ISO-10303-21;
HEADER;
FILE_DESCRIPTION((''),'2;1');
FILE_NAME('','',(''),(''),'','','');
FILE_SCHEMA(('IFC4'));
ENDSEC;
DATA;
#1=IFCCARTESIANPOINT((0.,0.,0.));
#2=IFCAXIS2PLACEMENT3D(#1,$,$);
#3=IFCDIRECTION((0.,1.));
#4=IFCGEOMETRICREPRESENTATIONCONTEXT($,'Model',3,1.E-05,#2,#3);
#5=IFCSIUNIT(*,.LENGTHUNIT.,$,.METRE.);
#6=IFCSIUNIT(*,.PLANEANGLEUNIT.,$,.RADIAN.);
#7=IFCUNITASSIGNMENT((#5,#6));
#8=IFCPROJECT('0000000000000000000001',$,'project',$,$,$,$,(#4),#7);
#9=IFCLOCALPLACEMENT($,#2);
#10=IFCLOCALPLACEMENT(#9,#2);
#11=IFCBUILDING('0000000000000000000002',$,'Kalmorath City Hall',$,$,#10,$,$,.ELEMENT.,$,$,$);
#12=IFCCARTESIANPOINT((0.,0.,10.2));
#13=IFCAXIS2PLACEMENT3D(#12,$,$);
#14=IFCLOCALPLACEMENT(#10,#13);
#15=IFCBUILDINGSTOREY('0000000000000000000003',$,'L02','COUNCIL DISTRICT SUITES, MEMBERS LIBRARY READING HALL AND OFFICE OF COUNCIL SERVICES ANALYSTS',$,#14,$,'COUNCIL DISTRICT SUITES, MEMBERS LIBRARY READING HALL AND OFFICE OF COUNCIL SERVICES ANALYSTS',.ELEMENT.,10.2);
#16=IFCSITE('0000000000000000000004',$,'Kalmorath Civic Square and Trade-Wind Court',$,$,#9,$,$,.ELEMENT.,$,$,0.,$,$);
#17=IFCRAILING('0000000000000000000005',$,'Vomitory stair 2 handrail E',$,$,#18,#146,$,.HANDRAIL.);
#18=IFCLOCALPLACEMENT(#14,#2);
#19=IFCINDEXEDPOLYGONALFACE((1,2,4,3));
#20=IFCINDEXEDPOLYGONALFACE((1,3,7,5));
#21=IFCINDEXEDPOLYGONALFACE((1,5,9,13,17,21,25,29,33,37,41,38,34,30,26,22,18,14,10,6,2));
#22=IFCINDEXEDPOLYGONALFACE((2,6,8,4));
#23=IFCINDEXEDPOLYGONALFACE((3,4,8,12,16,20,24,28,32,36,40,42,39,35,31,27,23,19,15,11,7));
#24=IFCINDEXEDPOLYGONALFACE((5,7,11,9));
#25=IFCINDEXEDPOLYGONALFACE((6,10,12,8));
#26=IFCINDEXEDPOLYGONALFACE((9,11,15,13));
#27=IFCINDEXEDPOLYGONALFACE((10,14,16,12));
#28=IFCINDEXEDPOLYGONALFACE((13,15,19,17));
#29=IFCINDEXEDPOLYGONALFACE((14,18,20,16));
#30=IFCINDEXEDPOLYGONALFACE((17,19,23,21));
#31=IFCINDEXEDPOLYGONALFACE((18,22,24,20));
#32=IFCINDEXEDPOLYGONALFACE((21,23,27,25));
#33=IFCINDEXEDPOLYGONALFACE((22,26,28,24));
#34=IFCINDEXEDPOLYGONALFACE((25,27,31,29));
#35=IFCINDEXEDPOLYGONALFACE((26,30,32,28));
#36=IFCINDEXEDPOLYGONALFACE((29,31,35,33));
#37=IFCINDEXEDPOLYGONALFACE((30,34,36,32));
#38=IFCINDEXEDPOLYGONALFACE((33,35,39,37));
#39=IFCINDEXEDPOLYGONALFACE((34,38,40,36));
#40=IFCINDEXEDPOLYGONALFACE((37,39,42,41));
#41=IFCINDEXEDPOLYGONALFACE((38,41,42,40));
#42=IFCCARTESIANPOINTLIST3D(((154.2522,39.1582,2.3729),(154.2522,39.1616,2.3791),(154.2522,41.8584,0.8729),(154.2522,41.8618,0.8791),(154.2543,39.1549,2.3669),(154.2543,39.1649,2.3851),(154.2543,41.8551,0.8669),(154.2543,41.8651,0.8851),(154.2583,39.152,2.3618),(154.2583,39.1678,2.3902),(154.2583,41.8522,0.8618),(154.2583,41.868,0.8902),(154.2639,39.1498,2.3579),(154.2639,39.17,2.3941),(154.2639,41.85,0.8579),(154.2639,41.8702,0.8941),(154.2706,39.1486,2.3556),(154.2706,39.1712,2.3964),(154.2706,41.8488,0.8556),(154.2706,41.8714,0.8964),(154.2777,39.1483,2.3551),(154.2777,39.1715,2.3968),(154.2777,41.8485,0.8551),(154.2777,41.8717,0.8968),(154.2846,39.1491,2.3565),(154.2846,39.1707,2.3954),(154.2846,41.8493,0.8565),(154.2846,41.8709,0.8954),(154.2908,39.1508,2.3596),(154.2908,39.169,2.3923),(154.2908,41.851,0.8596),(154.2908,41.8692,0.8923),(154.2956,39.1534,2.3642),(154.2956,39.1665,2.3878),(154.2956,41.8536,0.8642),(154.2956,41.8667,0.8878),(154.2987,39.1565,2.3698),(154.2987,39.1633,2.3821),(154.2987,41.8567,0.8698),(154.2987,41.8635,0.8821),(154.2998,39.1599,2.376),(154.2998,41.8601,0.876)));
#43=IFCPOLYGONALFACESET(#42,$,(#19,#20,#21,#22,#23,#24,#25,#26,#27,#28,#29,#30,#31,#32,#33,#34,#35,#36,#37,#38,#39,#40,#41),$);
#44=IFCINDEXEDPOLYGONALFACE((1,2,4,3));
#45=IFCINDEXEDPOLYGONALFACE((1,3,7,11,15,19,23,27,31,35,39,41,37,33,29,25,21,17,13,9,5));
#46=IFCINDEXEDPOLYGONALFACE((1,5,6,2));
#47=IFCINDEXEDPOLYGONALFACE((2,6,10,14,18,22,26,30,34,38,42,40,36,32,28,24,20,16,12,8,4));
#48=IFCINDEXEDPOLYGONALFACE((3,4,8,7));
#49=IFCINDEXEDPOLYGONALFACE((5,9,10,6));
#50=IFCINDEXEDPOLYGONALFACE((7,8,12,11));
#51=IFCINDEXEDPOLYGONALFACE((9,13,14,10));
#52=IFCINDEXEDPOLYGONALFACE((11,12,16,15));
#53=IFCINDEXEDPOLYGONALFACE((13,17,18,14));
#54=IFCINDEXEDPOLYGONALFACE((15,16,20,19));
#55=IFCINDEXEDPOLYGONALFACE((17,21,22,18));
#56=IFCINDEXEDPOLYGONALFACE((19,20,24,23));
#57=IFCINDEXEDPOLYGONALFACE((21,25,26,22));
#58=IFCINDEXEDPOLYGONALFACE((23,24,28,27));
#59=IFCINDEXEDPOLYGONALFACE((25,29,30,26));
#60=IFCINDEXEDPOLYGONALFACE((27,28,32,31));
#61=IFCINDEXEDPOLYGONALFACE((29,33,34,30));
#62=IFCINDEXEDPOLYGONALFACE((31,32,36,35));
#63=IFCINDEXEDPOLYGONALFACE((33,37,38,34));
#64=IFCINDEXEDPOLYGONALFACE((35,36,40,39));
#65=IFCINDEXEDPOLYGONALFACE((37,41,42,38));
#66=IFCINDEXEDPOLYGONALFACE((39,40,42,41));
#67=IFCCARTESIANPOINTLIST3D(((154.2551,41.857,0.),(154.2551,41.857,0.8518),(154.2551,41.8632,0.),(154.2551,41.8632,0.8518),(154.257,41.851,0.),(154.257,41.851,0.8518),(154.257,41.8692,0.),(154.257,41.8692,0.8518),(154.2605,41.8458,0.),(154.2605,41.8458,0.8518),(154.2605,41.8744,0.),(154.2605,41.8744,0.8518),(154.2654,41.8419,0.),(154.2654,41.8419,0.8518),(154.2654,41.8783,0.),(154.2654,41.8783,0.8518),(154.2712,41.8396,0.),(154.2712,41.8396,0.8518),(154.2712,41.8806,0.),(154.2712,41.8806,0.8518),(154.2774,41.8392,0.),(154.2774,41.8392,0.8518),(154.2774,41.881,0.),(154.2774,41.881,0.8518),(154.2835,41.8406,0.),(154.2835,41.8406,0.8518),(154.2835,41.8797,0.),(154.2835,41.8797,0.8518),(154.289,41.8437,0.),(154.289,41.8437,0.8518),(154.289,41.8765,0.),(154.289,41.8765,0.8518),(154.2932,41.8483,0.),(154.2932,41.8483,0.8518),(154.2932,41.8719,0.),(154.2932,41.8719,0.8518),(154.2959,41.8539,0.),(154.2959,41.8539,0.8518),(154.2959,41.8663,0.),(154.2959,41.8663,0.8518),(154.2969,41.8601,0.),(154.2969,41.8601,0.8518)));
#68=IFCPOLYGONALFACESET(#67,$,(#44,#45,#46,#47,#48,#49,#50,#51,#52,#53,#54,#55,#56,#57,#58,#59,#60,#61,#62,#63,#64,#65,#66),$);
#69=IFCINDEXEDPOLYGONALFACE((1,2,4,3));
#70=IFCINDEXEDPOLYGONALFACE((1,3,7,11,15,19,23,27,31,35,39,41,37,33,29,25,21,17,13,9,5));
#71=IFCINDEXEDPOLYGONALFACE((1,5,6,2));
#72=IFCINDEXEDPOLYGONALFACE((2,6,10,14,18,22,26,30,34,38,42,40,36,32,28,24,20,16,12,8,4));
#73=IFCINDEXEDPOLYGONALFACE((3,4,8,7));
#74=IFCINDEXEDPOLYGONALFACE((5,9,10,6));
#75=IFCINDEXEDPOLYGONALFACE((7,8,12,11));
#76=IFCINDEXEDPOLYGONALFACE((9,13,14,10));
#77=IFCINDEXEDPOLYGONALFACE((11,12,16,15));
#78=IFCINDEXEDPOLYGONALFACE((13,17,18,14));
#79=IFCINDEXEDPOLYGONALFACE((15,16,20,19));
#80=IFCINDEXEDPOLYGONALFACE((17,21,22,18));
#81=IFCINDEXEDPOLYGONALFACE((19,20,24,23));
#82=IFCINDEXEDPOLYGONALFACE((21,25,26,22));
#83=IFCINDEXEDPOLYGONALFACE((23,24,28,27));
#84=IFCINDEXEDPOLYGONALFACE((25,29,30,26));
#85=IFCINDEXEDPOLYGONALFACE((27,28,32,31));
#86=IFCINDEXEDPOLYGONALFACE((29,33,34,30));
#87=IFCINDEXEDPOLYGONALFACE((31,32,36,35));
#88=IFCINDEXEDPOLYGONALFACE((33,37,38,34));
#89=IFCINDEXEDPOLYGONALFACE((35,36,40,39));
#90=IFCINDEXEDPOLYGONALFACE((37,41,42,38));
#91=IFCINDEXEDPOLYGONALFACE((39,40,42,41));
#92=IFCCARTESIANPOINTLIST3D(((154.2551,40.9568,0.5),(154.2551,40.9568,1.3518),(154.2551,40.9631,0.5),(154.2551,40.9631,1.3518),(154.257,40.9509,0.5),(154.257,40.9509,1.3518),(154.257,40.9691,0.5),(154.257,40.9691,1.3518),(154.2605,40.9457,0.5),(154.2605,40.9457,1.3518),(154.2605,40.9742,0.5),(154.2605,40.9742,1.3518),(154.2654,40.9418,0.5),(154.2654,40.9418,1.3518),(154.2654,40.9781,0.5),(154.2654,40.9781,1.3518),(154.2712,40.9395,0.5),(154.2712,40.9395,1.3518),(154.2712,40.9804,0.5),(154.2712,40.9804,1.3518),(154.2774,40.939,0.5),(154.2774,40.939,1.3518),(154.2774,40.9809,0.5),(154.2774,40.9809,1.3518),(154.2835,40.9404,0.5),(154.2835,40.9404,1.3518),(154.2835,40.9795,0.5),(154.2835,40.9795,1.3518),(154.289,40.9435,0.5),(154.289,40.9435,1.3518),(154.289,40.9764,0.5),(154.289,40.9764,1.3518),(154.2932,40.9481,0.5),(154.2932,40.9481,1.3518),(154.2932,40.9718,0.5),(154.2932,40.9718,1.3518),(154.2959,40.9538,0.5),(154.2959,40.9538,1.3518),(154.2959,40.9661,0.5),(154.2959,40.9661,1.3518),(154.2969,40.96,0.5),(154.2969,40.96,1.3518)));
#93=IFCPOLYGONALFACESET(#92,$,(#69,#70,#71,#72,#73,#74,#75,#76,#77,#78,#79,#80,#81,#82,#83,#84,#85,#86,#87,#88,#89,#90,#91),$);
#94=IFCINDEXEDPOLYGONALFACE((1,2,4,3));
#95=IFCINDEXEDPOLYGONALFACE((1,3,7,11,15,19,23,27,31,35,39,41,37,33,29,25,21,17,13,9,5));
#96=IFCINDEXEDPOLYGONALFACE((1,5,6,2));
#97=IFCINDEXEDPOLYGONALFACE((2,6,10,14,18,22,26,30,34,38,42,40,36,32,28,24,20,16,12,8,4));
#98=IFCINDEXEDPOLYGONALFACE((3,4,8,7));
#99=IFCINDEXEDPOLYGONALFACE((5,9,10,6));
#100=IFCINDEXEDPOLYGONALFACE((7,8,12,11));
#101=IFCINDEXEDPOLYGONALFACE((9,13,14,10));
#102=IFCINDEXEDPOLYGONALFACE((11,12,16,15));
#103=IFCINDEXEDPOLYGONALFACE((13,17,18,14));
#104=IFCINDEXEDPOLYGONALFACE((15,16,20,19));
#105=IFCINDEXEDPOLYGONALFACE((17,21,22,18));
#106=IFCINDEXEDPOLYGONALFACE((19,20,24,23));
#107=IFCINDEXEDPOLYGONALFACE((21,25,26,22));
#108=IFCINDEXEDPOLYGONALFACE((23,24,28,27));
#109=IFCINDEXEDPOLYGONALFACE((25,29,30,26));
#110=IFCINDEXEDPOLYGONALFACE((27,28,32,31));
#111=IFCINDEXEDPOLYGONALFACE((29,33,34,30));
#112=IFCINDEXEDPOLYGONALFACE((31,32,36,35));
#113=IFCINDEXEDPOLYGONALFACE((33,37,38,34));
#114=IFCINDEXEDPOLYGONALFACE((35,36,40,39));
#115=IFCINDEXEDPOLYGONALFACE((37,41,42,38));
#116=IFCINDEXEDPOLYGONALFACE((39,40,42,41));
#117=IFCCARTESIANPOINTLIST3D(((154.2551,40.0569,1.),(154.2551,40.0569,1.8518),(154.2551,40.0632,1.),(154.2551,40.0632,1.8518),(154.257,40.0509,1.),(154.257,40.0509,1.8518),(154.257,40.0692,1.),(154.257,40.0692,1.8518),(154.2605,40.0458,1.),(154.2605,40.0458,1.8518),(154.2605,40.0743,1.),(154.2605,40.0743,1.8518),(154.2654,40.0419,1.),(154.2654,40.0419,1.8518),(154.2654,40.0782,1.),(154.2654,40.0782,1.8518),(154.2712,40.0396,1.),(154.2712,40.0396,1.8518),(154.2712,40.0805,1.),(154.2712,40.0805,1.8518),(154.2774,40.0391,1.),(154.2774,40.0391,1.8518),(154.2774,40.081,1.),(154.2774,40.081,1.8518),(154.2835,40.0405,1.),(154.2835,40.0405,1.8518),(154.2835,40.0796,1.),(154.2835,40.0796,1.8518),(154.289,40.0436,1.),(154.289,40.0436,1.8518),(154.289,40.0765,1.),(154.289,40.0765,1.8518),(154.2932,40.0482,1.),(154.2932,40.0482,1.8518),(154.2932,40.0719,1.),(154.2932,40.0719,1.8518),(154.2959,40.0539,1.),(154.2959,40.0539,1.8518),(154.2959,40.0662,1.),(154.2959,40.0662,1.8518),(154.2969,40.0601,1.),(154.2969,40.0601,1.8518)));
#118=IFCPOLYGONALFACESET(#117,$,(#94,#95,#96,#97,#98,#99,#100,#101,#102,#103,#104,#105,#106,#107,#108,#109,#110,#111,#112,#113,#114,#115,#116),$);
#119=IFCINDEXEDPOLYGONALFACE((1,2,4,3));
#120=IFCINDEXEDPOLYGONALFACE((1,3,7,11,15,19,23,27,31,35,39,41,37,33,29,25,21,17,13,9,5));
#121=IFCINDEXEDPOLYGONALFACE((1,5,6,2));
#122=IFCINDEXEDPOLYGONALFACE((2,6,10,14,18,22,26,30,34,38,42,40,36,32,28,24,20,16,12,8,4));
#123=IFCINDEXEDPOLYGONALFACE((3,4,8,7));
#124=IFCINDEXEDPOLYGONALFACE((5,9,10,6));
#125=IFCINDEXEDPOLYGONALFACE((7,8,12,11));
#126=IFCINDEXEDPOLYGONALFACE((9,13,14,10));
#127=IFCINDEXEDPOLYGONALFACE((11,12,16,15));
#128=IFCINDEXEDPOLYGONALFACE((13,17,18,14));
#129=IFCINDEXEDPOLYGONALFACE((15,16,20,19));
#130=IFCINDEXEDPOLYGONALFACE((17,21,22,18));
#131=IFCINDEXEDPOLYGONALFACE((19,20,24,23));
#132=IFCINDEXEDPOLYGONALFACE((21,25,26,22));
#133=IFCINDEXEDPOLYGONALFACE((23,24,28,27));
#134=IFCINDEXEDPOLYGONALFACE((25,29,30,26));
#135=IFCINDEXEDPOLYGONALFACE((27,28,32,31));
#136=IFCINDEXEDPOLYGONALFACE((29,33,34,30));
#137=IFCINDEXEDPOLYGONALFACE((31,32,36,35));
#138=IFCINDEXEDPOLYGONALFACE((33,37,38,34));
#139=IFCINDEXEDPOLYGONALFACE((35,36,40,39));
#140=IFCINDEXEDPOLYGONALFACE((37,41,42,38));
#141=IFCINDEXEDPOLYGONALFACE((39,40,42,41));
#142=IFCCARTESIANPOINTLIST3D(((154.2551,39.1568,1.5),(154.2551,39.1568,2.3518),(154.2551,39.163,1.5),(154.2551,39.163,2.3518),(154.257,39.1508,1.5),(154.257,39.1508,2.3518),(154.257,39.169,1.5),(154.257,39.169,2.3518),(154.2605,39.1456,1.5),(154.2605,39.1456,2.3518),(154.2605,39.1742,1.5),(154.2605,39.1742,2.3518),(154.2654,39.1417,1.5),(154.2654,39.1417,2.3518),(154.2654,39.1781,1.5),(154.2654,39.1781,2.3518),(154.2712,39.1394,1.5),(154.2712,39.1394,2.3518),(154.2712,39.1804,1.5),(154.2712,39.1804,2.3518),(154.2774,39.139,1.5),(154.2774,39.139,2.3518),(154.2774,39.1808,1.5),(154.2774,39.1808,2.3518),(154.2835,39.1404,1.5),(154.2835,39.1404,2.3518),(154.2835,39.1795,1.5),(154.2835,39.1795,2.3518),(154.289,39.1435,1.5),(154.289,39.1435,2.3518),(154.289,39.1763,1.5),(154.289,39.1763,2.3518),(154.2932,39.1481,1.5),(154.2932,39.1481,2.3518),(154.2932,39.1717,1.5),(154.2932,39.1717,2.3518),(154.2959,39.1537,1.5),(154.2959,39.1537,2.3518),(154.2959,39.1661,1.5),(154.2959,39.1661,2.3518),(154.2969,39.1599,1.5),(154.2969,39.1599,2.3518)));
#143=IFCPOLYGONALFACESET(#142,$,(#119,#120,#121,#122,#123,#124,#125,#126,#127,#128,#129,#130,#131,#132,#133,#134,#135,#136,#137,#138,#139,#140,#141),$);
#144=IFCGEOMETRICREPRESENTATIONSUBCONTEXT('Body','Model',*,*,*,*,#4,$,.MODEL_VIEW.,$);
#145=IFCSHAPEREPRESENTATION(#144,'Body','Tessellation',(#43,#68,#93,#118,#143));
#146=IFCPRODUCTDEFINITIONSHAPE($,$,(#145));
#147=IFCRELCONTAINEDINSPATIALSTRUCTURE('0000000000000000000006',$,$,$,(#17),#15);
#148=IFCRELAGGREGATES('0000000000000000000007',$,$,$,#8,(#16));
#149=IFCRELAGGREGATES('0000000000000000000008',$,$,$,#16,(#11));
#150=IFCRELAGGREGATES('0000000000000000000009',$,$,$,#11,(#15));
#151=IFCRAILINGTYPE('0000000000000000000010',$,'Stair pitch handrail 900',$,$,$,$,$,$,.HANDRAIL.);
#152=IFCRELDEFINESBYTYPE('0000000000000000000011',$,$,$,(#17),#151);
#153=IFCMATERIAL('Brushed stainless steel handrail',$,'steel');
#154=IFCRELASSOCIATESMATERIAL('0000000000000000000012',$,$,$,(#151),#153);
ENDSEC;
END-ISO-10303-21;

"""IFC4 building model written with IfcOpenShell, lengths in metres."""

from ifc_helpers import new_model, si_unit, direction, frame, origin, origin_2d, place, context, subcontext, project, spatial, circle, extrude, material, type_object, element, save


model = new_model("IFC4")

# Units and contexts
model_context = context("Model", 3, precision=1e-05, world=origin(), true_north=direction((0.0, 1.0)))
body_context = subcontext(model_context, "Body", "Model", "MODEL_VIEW")
ifc_project = project(units=[si_unit("LENGTHUNIT", "METRE"), si_unit("PLANEANGLEUNIT", "RADIAN")], contexts=[model_context])

# Site, building, storey
site_placement = place(None, origin())
site = spatial("IfcSite", under=ifc_project, at=site_placement, Name="Kalmorath Civic Square and Trade-Wind Court", CompositionType="ELEMENT", RefElevation=0.0)
building_placement = place(site_placement, origin())
building = spatial("IfcBuilding", under=site, at=building_placement, Name="Kalmorath City Hall", CompositionType="ELEMENT")
storey_placement = place(building_placement, frame((0.0, 0.0, 10.2)))
storey = spatial("IfcBuildingStorey", under=building, at=storey_placement, Name="L02", Description="COUNCIL DISTRICT SUITES, MEMBERS LIBRARY READING HALL AND OFFICE OF COUNCIL SERVICES ANALYSTS", LongName="COUNCIL DISTRICT SUITES, MEMBERS LIBRARY READING HALL AND OFFICE OF COUNCIL SERVICES ANALYSTS", CompositionType="ELEMENT", Elevation=10.2)

# Railing
ifc_material_1 = material(Name="Brushed stainless steel handrail", Category="steel")
railing_type_1 = type_object("IfcRailingType", Name="Stair pitch handrail 900", PredefinedType="HANDRAIL", material=ifc_material_1)
for number, where, name in (
    (1, (154.2759, 41.8601, 0.0), "Vomitory stair 2 handrail E"),
):
    element("IfcRailing", number, at=place(storey_placement, frame(where)), inside=storey, type_object=railing_type_1, Name=name, PredefinedType="HANDRAIL", context=body_context, shape_type="SweptSolid", body=[
        extrude(circle(Radius=0.0239, at=origin_2d()), frame((0.0, 0.0, 0.876), z_axis=(0.0, -0.874172, 0.485616), x_axis=(1.0, 0.0, 0.0)), (0.0, 0.0, 1.0), 3.0889),
        extrude(circle(Radius=0.021, at=origin_2d()), origin(), (0.0, 0.0, 1.0), 0.8518),
        extrude(circle(Radius=0.021, at=origin_2d()), frame((0.0, -0.9001, 0.5)), (0.0, 0.0, 1.0), 0.8518),
        extrude(circle(Radius=0.021, at=origin_2d()), frame((0.0, -1.8, 1.0)), (0.0, 0.0, 1.0), 0.8518),
        extrude(circle(Radius=0.021, at=origin_2d()), frame((0.0, -2.7002, 1.5)), (0.0, 0.0, 1.0), 0.8518),
    ])

save(model, "model.ifc")
